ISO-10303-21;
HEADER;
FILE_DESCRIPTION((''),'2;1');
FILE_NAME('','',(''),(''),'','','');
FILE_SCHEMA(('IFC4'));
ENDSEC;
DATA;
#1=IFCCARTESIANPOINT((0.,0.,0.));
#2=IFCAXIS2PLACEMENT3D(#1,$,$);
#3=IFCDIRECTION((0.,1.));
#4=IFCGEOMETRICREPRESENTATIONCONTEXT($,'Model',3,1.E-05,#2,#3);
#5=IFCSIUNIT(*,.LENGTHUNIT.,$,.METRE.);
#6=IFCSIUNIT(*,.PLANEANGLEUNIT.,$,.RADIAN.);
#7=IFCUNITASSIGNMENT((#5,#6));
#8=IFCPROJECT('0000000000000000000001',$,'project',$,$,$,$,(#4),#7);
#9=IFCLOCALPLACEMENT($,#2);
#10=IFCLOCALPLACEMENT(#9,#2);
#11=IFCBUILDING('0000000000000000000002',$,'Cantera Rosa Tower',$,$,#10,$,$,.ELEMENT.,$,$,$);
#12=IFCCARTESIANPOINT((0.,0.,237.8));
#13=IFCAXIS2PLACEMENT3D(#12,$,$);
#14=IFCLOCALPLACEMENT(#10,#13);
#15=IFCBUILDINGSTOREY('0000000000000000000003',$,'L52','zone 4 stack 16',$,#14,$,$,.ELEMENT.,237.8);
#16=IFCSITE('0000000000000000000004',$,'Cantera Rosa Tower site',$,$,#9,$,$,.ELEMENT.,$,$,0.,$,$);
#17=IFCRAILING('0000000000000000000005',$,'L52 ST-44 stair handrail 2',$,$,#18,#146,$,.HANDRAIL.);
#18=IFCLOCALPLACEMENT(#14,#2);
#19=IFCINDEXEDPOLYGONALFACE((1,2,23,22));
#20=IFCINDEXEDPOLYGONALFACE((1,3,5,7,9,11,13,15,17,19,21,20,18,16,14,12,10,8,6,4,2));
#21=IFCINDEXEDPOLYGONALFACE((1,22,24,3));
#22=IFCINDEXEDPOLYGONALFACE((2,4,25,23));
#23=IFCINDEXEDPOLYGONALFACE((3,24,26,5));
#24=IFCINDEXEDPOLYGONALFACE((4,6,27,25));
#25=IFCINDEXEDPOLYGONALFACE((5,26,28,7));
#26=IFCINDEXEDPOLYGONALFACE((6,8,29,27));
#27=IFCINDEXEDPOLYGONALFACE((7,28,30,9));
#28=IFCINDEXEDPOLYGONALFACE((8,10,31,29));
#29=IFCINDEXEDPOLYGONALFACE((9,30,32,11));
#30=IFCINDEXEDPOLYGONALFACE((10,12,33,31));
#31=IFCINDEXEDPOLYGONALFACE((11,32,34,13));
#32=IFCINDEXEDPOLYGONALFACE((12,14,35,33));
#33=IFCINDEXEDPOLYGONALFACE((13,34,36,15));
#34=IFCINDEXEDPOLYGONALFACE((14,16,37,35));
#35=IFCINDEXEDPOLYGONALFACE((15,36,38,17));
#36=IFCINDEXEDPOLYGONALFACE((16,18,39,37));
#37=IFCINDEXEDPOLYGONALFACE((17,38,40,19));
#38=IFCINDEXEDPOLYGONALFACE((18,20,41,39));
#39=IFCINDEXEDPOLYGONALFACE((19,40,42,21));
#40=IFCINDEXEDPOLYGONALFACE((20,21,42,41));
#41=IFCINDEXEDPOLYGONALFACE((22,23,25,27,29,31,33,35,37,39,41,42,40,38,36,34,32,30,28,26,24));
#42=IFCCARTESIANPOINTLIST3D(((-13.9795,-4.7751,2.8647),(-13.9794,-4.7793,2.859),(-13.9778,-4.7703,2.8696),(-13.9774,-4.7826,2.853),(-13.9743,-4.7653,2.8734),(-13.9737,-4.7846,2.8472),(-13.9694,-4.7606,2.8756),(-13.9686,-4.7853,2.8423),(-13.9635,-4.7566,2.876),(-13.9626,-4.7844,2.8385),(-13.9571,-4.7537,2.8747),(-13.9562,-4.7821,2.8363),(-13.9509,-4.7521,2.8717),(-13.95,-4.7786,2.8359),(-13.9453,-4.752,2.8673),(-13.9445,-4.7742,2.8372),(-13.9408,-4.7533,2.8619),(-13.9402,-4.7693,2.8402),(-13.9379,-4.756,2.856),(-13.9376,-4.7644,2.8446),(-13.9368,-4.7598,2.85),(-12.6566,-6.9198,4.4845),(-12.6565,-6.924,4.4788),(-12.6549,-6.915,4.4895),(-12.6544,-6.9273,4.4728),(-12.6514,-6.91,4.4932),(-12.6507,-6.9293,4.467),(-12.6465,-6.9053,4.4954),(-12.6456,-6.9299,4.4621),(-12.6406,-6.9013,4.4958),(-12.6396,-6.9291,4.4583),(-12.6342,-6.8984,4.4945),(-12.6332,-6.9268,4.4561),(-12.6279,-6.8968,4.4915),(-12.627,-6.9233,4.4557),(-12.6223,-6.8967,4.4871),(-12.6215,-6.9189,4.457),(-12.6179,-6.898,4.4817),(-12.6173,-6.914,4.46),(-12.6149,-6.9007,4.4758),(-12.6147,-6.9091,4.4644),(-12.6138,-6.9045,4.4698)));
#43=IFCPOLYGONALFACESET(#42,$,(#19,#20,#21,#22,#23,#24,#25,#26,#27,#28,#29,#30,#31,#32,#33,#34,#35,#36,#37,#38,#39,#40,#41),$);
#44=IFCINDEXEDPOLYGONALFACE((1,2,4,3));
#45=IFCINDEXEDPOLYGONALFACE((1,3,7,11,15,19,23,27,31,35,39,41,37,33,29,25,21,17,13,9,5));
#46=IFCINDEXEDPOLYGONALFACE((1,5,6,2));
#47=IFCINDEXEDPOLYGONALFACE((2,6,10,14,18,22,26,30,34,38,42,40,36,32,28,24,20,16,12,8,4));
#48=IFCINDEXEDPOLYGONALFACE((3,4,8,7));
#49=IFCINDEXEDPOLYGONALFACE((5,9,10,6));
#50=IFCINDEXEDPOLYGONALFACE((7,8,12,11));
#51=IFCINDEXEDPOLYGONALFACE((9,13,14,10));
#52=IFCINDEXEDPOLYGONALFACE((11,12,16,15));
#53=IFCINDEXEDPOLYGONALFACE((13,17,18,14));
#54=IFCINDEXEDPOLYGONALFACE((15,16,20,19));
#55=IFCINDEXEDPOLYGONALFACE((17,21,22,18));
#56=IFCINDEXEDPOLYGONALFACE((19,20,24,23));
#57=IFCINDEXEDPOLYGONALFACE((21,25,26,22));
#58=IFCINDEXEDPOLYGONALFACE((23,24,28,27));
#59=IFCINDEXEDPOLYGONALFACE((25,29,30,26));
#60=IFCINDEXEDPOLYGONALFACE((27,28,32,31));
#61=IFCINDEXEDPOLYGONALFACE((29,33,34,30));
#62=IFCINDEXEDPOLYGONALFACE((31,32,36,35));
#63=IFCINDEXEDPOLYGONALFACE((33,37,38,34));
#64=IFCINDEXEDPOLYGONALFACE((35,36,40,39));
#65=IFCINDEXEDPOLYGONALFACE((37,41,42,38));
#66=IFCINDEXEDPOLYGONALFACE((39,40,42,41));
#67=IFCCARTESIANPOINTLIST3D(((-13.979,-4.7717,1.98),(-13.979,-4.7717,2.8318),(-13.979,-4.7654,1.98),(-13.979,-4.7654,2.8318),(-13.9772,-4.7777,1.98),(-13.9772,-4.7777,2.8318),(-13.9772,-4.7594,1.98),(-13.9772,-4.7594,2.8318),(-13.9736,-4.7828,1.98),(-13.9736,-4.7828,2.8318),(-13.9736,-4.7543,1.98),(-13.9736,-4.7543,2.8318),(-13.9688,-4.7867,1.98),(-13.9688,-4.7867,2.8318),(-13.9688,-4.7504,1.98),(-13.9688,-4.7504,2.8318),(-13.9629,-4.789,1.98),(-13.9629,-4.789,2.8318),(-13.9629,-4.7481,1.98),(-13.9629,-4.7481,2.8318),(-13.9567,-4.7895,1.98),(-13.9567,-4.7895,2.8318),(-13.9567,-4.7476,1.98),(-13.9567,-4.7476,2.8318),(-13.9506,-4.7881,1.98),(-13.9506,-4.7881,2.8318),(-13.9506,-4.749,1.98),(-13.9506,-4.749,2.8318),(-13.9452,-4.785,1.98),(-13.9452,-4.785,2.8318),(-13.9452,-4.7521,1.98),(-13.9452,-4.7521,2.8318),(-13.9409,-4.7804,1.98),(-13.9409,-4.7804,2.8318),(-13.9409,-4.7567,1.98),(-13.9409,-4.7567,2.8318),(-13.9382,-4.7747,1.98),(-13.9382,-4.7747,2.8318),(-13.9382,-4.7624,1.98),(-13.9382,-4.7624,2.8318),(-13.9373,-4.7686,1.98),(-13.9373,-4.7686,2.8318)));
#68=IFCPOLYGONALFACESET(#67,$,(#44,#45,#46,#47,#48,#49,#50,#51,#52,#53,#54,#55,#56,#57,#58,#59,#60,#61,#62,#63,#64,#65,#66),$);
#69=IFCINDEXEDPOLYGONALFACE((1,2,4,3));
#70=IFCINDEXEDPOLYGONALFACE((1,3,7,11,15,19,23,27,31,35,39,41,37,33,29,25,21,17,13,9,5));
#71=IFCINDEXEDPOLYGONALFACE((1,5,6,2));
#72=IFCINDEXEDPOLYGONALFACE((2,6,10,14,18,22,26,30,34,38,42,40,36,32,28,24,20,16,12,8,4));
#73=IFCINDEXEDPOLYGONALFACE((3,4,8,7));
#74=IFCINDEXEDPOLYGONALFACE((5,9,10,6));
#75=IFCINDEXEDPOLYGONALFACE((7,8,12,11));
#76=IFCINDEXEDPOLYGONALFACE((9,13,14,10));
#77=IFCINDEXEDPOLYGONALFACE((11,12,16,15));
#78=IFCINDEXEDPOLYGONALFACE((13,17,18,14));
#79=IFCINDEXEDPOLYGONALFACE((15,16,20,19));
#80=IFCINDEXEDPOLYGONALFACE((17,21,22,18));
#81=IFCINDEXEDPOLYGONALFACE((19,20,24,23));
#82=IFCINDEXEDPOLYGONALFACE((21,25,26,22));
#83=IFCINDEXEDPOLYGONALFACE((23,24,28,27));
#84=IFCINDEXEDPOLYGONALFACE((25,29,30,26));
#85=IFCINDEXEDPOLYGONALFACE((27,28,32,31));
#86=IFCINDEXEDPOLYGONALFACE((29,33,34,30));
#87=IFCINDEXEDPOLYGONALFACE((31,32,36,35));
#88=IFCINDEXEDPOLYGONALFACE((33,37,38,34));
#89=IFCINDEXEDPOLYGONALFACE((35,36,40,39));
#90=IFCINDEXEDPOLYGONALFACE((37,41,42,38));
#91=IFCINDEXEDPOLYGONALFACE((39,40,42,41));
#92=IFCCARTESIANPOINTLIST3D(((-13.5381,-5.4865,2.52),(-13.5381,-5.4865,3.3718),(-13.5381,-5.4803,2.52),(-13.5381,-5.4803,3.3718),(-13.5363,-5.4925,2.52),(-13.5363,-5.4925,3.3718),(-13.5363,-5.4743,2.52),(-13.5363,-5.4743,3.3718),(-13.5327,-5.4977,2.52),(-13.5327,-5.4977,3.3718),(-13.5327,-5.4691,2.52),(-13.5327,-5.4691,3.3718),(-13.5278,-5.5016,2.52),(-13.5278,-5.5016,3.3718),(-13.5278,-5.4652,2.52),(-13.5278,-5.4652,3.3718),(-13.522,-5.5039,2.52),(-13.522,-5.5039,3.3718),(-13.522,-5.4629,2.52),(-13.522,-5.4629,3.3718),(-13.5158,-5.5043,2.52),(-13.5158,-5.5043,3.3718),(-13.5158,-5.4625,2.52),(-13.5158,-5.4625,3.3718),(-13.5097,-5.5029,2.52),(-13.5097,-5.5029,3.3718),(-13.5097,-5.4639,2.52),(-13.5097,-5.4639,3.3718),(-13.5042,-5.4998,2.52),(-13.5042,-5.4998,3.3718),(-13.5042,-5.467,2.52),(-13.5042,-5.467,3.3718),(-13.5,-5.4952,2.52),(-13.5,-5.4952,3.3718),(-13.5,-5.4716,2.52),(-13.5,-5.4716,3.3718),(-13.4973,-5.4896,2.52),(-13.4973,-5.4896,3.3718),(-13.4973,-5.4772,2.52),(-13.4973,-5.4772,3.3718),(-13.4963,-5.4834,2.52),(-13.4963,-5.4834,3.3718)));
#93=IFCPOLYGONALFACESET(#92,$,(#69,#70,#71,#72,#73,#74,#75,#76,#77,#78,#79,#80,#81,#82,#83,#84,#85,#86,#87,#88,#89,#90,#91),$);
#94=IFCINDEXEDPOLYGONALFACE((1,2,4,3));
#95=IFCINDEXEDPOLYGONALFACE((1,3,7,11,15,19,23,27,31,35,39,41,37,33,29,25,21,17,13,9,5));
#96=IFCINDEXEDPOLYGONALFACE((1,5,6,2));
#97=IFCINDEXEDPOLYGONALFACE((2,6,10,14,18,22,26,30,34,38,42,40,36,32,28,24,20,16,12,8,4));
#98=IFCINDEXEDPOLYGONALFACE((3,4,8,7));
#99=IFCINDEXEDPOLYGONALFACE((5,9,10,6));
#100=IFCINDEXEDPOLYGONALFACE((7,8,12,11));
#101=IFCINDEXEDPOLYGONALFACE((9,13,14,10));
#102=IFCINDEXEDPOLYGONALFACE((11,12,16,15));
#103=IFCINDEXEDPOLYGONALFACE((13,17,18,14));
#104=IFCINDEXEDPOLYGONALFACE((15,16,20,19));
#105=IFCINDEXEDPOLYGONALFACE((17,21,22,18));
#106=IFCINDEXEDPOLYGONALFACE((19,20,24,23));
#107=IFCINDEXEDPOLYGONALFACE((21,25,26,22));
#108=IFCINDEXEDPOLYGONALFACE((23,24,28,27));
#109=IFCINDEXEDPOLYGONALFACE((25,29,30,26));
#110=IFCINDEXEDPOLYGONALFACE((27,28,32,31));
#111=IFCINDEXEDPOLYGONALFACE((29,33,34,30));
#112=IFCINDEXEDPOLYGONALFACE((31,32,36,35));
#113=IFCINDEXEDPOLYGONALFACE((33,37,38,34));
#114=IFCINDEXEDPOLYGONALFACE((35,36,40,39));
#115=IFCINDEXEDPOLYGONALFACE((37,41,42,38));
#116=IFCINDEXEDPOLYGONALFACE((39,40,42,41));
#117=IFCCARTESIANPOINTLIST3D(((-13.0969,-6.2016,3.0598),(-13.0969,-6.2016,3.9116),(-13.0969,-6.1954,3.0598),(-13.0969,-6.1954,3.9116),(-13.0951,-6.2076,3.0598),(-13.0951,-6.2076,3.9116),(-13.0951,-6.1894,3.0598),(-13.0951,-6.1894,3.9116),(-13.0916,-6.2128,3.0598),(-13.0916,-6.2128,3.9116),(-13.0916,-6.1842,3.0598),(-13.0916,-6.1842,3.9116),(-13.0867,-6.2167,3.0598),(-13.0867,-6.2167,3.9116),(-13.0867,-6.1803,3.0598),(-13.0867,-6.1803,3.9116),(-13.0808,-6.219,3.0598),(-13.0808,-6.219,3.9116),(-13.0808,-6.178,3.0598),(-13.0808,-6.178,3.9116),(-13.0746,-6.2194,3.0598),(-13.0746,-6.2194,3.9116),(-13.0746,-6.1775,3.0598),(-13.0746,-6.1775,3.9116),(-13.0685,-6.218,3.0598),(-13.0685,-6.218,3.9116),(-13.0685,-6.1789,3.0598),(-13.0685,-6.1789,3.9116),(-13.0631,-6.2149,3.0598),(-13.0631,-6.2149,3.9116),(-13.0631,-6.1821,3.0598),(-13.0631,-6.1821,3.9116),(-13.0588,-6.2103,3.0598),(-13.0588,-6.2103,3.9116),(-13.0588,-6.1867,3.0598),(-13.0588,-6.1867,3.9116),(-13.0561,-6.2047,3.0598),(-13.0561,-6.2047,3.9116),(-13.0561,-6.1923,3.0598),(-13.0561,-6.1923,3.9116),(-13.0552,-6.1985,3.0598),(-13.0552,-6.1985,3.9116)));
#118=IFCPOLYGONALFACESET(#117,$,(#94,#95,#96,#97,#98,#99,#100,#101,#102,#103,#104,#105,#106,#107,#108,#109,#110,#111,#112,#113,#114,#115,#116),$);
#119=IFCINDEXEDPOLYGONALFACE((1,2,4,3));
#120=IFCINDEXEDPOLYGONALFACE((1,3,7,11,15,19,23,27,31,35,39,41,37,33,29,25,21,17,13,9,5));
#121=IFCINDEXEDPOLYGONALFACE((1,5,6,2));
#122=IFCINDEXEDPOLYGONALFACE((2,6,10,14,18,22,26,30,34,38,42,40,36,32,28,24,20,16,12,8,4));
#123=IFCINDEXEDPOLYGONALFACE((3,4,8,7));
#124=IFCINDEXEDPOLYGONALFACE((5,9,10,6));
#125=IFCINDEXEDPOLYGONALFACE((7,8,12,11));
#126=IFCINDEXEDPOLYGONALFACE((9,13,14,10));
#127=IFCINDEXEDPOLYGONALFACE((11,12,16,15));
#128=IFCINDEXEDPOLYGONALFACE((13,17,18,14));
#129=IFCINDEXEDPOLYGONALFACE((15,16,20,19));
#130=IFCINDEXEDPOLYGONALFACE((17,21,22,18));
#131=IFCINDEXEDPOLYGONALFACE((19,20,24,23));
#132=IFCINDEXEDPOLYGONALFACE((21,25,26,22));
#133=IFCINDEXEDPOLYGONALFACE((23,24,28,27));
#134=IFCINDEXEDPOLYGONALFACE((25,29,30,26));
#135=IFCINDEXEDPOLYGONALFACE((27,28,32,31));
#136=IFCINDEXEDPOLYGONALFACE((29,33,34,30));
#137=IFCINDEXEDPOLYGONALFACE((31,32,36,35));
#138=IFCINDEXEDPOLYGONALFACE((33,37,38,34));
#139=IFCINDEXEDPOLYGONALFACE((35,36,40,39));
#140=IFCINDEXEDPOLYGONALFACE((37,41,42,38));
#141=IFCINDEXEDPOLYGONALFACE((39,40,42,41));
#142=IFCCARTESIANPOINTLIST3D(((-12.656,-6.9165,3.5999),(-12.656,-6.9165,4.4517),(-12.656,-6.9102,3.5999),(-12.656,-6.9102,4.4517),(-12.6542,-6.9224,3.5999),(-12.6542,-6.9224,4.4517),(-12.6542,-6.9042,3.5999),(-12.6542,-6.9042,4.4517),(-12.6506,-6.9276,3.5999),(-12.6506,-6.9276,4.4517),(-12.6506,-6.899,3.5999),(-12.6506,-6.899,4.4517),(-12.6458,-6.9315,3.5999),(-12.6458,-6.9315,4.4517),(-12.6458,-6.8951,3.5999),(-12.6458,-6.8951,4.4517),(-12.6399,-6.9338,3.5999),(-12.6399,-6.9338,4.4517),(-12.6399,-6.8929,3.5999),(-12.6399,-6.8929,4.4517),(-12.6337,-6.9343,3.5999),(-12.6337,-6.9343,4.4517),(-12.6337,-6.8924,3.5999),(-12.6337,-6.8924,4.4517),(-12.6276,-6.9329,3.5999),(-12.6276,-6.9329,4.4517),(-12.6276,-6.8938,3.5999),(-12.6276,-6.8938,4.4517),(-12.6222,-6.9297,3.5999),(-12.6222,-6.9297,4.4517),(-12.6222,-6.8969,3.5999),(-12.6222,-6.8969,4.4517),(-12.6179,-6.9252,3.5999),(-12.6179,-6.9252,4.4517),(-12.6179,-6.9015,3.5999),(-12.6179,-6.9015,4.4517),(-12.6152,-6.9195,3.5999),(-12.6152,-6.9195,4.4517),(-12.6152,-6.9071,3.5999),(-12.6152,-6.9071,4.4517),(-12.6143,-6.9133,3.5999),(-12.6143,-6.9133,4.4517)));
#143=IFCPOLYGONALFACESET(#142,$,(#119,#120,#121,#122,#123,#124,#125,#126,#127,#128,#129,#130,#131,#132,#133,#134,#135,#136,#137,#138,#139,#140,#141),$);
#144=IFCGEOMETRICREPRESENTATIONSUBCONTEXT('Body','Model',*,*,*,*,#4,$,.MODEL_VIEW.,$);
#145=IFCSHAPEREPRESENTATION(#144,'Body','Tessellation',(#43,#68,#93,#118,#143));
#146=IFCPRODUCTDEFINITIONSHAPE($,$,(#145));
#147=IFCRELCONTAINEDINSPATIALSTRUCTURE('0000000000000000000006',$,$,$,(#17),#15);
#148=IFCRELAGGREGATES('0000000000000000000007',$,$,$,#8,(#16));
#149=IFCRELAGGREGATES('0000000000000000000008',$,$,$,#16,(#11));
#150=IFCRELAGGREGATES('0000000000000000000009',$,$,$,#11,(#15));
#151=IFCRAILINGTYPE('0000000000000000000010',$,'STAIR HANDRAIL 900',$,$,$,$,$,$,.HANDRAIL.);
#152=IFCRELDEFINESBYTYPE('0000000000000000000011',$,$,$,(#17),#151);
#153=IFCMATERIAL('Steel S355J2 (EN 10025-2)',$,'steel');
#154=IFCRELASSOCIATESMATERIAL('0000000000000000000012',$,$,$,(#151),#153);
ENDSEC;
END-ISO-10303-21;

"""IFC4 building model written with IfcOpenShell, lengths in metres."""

from ifc_helpers import new_model, si_unit, direction, frame, origin, origin_2d, place, context, subcontext, project, spatial, circle, extrude, material, type_object, element, save


model = new_model("IFC4")

# Units and contexts
model_context = context("Model", 3, precision=1e-05, world=origin(), true_north=direction((0.0, 1.0)))
body_context = subcontext(model_context, "Body", "Model", "MODEL_VIEW")
ifc_project = project(units=[si_unit("LENGTHUNIT", "METRE"), si_unit("PLANEANGLEUNIT", "RADIAN")], contexts=[model_context])

# Site, building, storey
site_placement = place(None, origin())
site = spatial("IfcSite", under=ifc_project, at=site_placement, Name="Cantera Rosa Tower site", CompositionType="ELEMENT", RefElevation=0.0)
building_placement = place(site_placement, origin())
building = spatial("IfcBuilding", under=site, at=building_placement, Name="Cantera Rosa Tower", CompositionType="ELEMENT")
storey_placement = place(building_placement, frame((0.0, 0.0, 237.8)))
storey = spatial("IfcBuildingStorey", under=building, at=storey_placement, Name="L52", Description="zone 4 stack 16", CompositionType="ELEMENT", Elevation=237.8)

# Railing
ifc_material_1 = material(Name="Steel S355J2 (EN 10025-2)", Category="steel")
railing_type_1 = type_object("IfcRailingType", Name="STAIR HANDRAIL 900", PredefinedType="HANDRAIL", material=ifc_material_1)
railing_1_placement = place(storey_placement, frame((-13.9583, -4.7686, 1.98)))
element("IfcRailing", 1, at=railing_1_placement, inside=storey, type_object=railing_type_1, Name="L52 ST-44 stair handrail 2", PredefinedType="HANDRAIL", context=body_context, shape_type="SweptSolid", body=[
    extrude(circle(Radius=0.0239, at=origin_2d()), frame((0.0, 0.0, 0.876), z_axis=(0.441629, -0.715945, 0.540728), x_axis=(0.851102, 0.525, 0.0)), (0.0, 0.0, 1.0), 2.9956),
    extrude(circle(Radius=0.021, at=origin_2d()), origin(), (0.0, 0.0, 1.0), 0.8518),
    extrude(circle(Radius=0.021, at=origin_2d()), frame((0.4409, -0.7148, 0.54)), (0.0, 0.0, 1.0), 0.8518),
    extrude(circle(Radius=0.021, at=origin_2d()), frame((0.8821, -1.4299, 1.0798)), (0.0, 0.0, 1.0), 0.8518),
    extrude(circle(Radius=0.021, at=origin_2d()), frame((1.323, -2.1448, 1.6199)), (0.0, 0.0, 1.0), 0.8518),
])

save(model, "model.ifc")
